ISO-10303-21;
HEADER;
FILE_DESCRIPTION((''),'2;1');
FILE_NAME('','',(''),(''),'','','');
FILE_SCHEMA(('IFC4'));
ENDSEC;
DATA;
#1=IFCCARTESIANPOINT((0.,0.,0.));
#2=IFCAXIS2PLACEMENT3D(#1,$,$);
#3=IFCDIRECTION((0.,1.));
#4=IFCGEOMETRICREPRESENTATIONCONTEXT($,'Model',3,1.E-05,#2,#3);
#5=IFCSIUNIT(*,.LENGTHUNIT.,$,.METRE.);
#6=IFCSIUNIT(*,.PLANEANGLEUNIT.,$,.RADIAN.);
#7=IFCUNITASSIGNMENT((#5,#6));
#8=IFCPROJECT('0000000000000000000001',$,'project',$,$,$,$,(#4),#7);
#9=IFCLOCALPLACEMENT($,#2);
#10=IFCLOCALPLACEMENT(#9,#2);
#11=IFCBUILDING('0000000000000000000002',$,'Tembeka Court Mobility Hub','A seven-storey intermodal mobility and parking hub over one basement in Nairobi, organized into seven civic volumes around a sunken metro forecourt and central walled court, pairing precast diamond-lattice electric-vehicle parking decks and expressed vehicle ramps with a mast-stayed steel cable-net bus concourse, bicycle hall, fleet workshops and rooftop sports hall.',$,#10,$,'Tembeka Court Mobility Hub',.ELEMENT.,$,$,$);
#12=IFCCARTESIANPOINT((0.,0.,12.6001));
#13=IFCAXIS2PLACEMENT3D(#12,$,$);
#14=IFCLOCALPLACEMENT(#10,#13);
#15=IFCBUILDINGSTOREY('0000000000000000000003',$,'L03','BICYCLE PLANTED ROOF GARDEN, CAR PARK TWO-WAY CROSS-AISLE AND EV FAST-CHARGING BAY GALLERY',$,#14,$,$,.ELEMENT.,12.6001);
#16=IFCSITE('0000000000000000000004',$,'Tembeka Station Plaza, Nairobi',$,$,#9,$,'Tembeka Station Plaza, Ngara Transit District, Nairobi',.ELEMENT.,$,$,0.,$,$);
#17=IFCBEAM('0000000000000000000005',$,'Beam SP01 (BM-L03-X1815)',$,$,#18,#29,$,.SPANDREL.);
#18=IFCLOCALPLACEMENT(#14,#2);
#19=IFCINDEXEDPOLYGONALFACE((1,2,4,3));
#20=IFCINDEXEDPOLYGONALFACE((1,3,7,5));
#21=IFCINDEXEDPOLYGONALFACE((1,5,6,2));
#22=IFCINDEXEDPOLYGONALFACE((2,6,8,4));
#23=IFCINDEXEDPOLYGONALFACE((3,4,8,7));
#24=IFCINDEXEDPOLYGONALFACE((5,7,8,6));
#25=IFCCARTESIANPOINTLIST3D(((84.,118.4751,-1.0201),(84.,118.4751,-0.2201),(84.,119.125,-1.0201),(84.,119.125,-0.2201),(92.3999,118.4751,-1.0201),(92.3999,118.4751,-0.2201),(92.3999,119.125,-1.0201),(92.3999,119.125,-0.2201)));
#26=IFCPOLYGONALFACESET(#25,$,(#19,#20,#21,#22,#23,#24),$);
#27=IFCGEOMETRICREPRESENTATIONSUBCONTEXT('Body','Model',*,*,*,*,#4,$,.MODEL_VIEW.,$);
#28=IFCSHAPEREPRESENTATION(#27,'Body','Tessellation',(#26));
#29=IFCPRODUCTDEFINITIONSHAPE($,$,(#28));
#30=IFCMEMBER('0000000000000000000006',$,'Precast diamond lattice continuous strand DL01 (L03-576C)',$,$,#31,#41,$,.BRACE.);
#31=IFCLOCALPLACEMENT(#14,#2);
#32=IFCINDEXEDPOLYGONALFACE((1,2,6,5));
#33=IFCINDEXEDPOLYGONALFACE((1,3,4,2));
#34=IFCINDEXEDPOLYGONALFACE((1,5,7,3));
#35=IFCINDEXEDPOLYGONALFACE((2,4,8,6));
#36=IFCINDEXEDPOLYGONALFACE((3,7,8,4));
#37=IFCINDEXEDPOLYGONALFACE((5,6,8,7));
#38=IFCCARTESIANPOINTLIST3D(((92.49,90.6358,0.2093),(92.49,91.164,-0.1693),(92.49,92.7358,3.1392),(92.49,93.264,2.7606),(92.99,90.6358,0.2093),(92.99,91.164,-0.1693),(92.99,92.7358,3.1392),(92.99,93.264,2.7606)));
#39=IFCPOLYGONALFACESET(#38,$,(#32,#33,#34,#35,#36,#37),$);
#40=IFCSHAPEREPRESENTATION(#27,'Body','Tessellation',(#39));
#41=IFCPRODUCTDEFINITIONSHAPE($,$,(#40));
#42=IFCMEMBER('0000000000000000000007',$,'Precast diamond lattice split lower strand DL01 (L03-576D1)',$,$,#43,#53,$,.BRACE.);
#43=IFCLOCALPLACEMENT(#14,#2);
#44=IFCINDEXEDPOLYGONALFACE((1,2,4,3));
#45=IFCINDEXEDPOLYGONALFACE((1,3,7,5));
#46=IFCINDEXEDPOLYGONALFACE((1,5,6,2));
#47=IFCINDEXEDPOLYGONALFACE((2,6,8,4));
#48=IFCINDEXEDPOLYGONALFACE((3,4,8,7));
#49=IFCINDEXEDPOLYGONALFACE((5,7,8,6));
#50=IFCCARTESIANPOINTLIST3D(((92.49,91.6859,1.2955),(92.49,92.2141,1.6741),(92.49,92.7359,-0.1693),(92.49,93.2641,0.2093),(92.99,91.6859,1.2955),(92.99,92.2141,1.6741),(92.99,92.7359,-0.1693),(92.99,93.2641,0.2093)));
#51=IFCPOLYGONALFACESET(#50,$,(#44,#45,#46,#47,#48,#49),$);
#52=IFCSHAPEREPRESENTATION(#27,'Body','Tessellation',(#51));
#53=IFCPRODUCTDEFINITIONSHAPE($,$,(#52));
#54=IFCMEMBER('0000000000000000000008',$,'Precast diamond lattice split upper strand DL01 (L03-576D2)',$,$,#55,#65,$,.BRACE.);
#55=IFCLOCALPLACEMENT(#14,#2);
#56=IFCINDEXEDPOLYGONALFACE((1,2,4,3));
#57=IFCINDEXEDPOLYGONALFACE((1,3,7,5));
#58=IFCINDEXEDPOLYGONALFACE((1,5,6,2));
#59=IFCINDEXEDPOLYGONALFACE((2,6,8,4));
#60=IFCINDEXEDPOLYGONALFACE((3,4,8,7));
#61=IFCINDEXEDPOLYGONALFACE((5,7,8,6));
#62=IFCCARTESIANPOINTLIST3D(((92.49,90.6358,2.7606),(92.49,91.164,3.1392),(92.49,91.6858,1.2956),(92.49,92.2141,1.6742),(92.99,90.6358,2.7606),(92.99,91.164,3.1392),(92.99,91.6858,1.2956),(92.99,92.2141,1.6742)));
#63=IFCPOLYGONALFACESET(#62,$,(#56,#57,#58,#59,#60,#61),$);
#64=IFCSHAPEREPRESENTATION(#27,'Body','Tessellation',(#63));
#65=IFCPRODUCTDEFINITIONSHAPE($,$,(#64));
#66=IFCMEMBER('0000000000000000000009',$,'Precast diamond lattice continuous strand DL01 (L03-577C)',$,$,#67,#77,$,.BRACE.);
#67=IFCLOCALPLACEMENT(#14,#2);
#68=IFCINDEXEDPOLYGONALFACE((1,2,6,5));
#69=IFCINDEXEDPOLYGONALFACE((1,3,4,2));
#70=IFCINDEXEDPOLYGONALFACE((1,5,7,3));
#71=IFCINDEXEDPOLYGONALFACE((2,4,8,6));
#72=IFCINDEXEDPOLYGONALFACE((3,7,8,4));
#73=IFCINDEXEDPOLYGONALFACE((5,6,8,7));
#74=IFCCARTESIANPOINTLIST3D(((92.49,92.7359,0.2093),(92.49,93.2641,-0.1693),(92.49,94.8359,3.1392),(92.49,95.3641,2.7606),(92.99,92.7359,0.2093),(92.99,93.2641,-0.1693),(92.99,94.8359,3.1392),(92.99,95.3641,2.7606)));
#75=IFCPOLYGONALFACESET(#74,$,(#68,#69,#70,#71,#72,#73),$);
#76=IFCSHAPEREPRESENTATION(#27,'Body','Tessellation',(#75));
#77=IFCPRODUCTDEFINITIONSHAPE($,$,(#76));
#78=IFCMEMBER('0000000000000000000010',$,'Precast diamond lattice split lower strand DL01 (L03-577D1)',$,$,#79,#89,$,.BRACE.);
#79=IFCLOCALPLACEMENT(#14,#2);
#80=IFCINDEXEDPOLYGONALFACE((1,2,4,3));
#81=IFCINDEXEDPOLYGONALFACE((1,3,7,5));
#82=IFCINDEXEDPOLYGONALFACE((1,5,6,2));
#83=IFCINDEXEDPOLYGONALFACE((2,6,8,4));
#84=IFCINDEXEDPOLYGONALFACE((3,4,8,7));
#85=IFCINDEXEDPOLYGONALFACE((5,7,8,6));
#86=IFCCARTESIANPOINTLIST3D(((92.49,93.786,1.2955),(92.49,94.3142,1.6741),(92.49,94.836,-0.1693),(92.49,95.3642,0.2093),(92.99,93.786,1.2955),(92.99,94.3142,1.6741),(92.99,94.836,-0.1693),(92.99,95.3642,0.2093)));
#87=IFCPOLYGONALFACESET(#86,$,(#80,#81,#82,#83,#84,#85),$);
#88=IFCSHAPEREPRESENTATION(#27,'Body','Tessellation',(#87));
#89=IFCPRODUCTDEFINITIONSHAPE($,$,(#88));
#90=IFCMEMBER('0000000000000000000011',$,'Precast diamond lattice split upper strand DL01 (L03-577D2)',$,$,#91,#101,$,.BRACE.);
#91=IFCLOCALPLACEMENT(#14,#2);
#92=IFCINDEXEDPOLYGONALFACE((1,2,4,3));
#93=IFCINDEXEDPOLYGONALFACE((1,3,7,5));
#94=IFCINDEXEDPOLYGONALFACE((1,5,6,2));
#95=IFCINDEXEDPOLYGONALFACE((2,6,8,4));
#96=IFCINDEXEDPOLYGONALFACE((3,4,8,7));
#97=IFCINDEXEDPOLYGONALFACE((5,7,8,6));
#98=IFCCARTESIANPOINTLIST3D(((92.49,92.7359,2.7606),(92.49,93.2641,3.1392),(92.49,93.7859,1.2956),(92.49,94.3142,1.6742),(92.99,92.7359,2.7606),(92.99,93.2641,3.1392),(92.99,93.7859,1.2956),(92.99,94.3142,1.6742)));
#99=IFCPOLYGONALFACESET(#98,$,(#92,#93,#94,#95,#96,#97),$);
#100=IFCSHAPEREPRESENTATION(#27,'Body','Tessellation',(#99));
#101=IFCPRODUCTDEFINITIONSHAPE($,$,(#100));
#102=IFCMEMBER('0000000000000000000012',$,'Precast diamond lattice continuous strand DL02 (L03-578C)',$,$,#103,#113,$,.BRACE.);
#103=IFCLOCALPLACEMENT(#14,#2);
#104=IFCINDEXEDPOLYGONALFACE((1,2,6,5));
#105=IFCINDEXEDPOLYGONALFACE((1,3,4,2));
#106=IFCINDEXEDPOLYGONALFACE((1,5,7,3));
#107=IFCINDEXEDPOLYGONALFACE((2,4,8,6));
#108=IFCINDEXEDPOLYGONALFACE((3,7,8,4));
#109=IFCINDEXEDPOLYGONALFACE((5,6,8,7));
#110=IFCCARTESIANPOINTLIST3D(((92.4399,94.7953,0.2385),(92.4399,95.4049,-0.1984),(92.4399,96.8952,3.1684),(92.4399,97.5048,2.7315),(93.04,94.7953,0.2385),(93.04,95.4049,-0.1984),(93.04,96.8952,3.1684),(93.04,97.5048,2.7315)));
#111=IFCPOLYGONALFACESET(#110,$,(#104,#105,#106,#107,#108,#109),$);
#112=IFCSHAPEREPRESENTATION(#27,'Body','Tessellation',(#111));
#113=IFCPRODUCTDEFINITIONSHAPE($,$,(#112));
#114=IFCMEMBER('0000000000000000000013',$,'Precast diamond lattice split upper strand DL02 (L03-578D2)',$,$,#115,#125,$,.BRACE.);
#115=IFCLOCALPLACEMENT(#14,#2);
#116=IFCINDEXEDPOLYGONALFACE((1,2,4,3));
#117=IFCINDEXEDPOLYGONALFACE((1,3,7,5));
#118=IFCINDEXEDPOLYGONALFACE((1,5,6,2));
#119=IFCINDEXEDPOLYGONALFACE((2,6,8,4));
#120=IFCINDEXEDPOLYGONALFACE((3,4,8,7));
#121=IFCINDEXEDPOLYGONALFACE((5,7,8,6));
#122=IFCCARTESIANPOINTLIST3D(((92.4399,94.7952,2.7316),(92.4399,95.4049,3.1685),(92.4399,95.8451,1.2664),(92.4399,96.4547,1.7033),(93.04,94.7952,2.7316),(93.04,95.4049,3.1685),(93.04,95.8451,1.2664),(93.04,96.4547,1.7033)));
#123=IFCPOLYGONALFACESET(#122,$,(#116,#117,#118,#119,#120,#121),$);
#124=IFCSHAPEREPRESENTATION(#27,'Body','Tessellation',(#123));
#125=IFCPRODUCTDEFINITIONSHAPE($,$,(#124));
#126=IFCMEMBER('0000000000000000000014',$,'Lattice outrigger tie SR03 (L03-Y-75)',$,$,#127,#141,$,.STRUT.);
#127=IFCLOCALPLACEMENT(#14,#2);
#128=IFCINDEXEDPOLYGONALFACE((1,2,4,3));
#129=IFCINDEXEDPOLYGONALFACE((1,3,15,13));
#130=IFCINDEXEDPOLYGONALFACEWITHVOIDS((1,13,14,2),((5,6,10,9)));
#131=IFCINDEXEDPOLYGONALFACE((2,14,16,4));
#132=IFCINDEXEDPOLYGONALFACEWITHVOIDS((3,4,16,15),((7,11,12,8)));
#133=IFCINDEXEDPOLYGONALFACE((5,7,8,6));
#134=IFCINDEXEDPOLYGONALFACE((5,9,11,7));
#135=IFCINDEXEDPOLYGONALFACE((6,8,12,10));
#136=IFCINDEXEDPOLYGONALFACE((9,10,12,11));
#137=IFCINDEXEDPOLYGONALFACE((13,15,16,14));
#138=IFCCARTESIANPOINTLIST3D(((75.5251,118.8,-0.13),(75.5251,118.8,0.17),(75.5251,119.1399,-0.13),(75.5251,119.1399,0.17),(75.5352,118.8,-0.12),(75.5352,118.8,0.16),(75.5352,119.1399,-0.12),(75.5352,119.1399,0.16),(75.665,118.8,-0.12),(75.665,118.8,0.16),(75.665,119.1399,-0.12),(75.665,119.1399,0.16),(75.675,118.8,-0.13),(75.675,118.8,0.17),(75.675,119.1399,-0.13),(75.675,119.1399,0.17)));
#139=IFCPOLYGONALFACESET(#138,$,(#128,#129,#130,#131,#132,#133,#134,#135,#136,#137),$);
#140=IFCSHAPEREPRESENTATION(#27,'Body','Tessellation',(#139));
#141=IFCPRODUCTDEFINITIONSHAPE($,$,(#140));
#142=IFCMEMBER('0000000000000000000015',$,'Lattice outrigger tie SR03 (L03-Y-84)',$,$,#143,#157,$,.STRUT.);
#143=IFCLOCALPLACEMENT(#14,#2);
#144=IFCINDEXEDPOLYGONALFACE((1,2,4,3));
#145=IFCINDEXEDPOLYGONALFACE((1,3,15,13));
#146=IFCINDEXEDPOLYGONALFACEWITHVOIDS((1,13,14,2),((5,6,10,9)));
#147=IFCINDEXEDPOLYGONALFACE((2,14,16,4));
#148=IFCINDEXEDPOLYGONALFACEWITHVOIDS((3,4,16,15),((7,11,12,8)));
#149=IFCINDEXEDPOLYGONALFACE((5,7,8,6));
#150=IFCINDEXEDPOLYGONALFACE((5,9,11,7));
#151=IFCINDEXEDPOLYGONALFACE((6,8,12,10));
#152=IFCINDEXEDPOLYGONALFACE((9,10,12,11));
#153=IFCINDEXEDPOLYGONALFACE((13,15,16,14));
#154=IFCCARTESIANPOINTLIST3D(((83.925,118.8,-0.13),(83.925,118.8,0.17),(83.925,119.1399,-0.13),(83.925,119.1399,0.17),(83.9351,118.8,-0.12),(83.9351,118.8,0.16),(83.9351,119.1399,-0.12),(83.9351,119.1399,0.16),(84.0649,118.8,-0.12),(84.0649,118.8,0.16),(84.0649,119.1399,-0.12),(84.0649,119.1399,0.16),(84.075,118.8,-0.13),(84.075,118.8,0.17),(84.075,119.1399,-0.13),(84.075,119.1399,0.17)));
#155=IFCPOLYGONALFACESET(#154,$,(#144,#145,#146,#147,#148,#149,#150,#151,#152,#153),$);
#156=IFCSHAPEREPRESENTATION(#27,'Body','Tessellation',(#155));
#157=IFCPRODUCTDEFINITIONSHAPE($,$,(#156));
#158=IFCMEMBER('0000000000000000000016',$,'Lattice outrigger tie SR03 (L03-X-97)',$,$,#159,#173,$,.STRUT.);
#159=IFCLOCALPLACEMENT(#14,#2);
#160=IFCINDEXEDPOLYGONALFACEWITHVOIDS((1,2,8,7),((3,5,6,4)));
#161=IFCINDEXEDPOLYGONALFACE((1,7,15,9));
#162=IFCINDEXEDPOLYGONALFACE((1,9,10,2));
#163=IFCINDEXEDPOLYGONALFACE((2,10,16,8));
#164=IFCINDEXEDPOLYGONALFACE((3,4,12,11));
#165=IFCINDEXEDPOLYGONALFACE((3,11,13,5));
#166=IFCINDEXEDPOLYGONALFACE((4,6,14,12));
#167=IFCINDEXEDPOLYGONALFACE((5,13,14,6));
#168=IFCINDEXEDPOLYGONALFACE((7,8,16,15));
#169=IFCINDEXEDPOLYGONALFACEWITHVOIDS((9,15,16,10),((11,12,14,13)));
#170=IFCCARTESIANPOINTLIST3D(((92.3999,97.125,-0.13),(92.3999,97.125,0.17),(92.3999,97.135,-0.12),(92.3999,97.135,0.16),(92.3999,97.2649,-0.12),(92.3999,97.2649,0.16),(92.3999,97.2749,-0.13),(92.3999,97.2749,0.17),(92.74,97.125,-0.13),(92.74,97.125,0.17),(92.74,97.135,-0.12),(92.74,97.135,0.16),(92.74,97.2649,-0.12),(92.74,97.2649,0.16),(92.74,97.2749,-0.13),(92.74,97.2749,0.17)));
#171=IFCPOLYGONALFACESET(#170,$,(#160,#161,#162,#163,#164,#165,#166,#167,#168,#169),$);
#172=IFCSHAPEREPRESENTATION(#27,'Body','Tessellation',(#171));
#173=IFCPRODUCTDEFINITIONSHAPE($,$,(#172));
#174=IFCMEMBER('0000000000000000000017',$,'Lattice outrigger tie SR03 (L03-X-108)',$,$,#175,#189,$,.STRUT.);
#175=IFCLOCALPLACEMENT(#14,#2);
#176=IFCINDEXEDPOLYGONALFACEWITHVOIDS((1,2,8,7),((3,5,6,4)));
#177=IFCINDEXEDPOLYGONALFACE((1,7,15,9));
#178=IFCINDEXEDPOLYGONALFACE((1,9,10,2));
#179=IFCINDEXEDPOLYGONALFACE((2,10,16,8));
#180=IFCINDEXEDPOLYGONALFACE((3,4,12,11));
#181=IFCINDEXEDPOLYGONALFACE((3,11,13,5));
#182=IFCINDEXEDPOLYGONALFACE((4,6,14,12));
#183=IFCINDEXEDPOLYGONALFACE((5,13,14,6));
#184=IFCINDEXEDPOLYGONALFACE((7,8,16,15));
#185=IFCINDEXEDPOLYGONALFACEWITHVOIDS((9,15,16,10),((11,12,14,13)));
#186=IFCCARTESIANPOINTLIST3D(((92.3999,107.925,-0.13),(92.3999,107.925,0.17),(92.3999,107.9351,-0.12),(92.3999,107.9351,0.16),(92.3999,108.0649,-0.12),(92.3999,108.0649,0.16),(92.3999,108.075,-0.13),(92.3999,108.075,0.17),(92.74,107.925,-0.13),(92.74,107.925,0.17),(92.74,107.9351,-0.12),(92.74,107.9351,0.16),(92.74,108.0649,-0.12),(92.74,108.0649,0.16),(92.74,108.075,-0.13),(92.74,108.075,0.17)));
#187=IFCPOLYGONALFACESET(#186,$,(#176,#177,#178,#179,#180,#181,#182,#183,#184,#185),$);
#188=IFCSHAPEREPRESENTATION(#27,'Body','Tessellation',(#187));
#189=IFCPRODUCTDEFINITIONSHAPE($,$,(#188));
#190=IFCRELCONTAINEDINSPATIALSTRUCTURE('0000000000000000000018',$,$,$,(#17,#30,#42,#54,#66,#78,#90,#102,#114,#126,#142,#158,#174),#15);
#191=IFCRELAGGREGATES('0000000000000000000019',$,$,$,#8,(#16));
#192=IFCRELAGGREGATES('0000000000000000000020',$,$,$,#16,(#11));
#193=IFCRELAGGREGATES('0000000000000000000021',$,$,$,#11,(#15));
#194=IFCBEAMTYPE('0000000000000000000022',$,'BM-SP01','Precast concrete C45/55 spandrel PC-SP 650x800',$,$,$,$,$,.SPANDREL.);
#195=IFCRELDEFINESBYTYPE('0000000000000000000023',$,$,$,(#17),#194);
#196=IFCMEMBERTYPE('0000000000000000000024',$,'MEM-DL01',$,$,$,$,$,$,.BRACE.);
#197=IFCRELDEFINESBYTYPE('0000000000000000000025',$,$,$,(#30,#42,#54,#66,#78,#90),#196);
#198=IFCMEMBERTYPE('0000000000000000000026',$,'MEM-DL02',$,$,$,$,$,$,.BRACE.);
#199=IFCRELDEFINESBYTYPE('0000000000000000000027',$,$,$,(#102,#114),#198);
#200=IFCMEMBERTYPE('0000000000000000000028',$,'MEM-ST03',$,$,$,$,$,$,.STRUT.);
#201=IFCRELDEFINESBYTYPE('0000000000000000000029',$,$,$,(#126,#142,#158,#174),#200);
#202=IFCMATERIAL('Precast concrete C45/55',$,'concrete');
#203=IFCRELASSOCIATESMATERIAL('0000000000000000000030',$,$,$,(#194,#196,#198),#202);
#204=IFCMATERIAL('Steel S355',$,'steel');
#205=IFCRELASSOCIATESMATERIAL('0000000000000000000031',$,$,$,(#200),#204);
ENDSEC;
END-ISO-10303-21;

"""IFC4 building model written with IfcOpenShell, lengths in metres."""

from ifc_helpers import new_model, si_unit, direction, frame, origin, origin_2d, place, context, subcontext, project, spatial, rectangle, hollow_rectangle, extrude, material, material_profile, profile_set, type_object, element, save


model = new_model("IFC4")

# Units and contexts
model_context = context("Model", 3, precision=1e-05, world=origin(), true_north=direction((0.0, 1.0)))
body_context = subcontext(model_context, "Body", "Model", "MODEL_VIEW")
ifc_project = project(units=[si_unit("LENGTHUNIT", "METRE"), si_unit("PLANEANGLEUNIT", "RADIAN")], contexts=[model_context])

# Site, building, storey
site_placement = place(None, origin())
site = spatial("IfcSite", under=ifc_project, at=site_placement, Name="Tembeka Station Plaza, Nairobi", LongName="Tembeka Station Plaza, Ngara Transit District, Nairobi", CompositionType="ELEMENT", RefElevation=0.0)
building_placement = place(site_placement, origin())
building = spatial("IfcBuilding", under=site, at=building_placement, Name="Tembeka Court Mobility Hub", Description="A seven-storey intermodal mobility and parking hub over one basement in Nairobi, organized into seven civic volumes around a sunken metro forecourt and central walled court, pairing precast diamond-lattice electric-vehicle parking decks and expressed vehicle ramps with a mast-stayed steel cable-net bus concourse, bicycle hall, fleet workshops and rooftop sports hall.", LongName="Tembeka Court Mobility Hub", CompositionType="ELEMENT")
storey_placement = place(building_placement, frame((0.0, 0.0, 12.6001)))
storey = spatial("IfcBuildingStorey", under=building, at=storey_placement, Name="L03", Description="BICYCLE PLANTED ROOF GARDEN, CAR PARK TWO-WAY CROSS-AISLE AND EV FAST-CHARGING BAY GALLERY", CompositionType="ELEMENT", Elevation=12.6001)

# Shared definitions
ifc_material_1 = material(Name="Steel S355", Category="steel")

# Beam
ifc_material_2 = material(Name="Precast concrete C45/55", Category="concrete")
ifc_material_profile_1 = material_profile(ifc_material_2, rectangle(XDim=0.6499, YDim=0.8, at=origin_2d()), Name="PC-SP 650x800")
ifc_profile_set_1 = profile_set([ifc_material_profile_1], Name="Precast concrete C45/55")
beam_type_1 = type_object("IfcBeamType", Name="BM-SP01", Description="Precast concrete C45/55 spandrel PC-SP 650x800", PredefinedType="SPANDREL", material=ifc_profile_set_1)
for number, where, z_axis, x_axis, name in (
    (1, (84.0, 118.8, -0.6201), (1.0, 0.0, 0.0), (0.0, 1.0, 0.0), "Beam SP01 (BM-L03-X1815)"),
):
    element("IfcBeam", number, at=place(storey_placement, frame(where, z_axis=z_axis, x_axis=x_axis)), inside=storey, type_object=beam_type_1, Name=name, PredefinedType="SPANDREL", context=body_context, shape_type="SweptSolid", body=[
        extrude(rectangle(XDim=0.6499, YDim=0.8, at=origin_2d()), origin(), (0.0, 0.0, 1.0), 8.3999),
    ])

# Members
ifc_material_profile_2 = material_profile(ifc_material_2, rectangle(XDim=0.5, YDim=0.6499, at=origin_2d()), Name="PC-DIAG 500x650")
ifc_profile_set_2 = profile_set([ifc_material_profile_2], Name="Precast concrete C45/55")
member_type_1 = type_object("IfcMemberType", Name="MEM-DL01", PredefinedType="BRACE", material=ifc_profile_set_2)
member_1_placement = place(storey_placement, frame((92.74, 90.8999, 0.02), z_axis=(0.0, 0.582576, 0.812776), x_axis=(-1.0, 0.0, 0.0)))
element("IfcMember", 2, at=member_1_placement, inside=storey, type_object=member_type_1, Name="Precast diamond lattice continuous strand DL01 (L03-576C)", PredefinedType="BRACE", context=body_context, shape_type="SweptSolid", body=[
    extrude(rectangle(XDim=0.5, YDim=0.6499, at=origin_2d()), origin(), (0.0, 0.0, 1.0), 3.6047),
])
member_2_placement = place(storey_placement, frame((92.74, 93.0, 0.02), z_axis=(0.0, -0.582608, 0.812753), x_axis=(1.0, 0.0, 0.0)))
element("IfcMember", 3, at=member_2_placement, inside=storey, type_object=member_type_1, Name="Precast diamond lattice split lower strand DL01 (L03-576D1)", PredefinedType="BRACE", context=body_context, shape_type="SweptSolid", body=[
    extrude(rectangle(XDim=0.5, YDim=0.6499, at=origin_2d()), origin(), (0.0, 0.0, 1.0), 1.8022),
])
member_3_placement = place(storey_placement, frame((92.74, 91.95, 1.4849), z_axis=(0.0, -0.582544, 0.812799), x_axis=(1.0, 0.0, 0.0)))
element("IfcMember", 4, at=member_3_placement, inside=storey, type_object=member_type_1, Name="Precast diamond lattice split upper strand DL01 (L03-576D2)", PredefinedType="BRACE", context=body_context, shape_type="SweptSolid", body=[
    extrude(rectangle(XDim=0.5, YDim=0.6499, at=origin_2d()), origin(), (0.0, 0.0, 1.0), 1.8025),
])
member_4_placement = place(storey_placement, frame((92.74, 93.0, 0.02), z_axis=(0.0, 0.582576, 0.812776), x_axis=(-1.0, 0.0, 0.0)))
element("IfcMember", 5, at=member_4_placement, inside=storey, type_object=member_type_1, Name="Precast diamond lattice continuous strand DL01 (L03-577C)", PredefinedType="BRACE", context=body_context, shape_type="SweptSolid", body=[
    extrude(rectangle(XDim=0.5, YDim=0.6499, at=origin_2d()), origin(), (0.0, 0.0, 1.0), 3.6047),
])
member_5_placement = place(storey_placement, frame((92.74, 95.1001, 0.02), z_axis=(0.0, -0.582608, 0.812753), x_axis=(1.0, 0.0, 0.0)))
element("IfcMember", 6, at=member_5_placement, inside=storey, type_object=member_type_1, Name="Precast diamond lattice split lower strand DL01 (L03-577D1)", PredefinedType="BRACE", context=body_context, shape_type="SweptSolid", body=[
    extrude(rectangle(XDim=0.5, YDim=0.6499, at=origin_2d()), origin(), (0.0, 0.0, 1.0), 1.8022),
])
member_6_placement = place(storey_placement, frame((92.74, 94.05, 1.4849), z_axis=(0.0, -0.582544, 0.812799), x_axis=(1.0, 0.0, 0.0)))
element("IfcMember", 7, at=member_6_placement, inside=storey, type_object=member_type_1, Name="Precast diamond lattice split upper strand DL01 (L03-577D2)", PredefinedType="BRACE", context=body_context, shape_type="SweptSolid", body=[
    extrude(rectangle(XDim=0.5, YDim=0.6499, at=origin_2d()), origin(), (0.0, 0.0, 1.0), 1.8025),
])
ifc_material_profile_3 = material_profile(ifc_material_2, rectangle(XDim=0.6001, YDim=0.75, at=origin_2d()), Name="PC-DIAG 600x750")
ifc_profile_set_3 = profile_set([ifc_material_profile_3], Name="Precast concrete C45/55")
member_type_2 = type_object("IfcMemberType", Name="MEM-DL02", PredefinedType="BRACE", material=ifc_profile_set_3)
member_7_placement = place(storey_placement, frame((92.74, 95.1001, 0.02), z_axis=(0.0, 0.582532, 0.812808), x_axis=(-1.0, 0.0, 0.0)))
element("IfcMember", 8, at=member_7_placement, inside=storey, type_object=member_type_2, Name="Precast diamond lattice continuous strand DL02 (L03-578C)", PredefinedType="BRACE", context=body_context, shape_type="SweptSolid", body=[
    extrude(rectangle(XDim=0.6001, YDim=0.75, at=origin_2d()), origin(), (0.0, 0.0, 1.0), 3.6047),
])
member_8_placement = place(storey_placement, frame((92.74, 96.1499, 1.4849), z_axis=(0.0, -0.582455, 0.812863), x_axis=(1.0, 0.0, 0.0)))
element("IfcMember", 9, at=member_8_placement, inside=storey, type_object=member_type_2, Name="Precast diamond lattice split upper strand DL02 (L03-578D2)", PredefinedType="BRACE", context=body_context, shape_type="SweptSolid", body=[
    extrude(rectangle(XDim=0.6001, YDim=0.75, at=origin_2d()), origin(), (0.0, 0.0, 1.0), 1.8025),
])
ifc_material_profile_4 = material_profile(ifc_material_1, hollow_rectangle(XDim=0.1499, YDim=0.3, WallThickness=0.01, at=origin_2d()), Name="RHS 300x150x10")
ifc_profile_set_4 = profile_set([ifc_material_profile_4], Name="Steel S355")
member_type_3 = type_object("IfcMemberType", Name="MEM-ST03", PredefinedType="STRUT", material=ifc_profile_set_4)
for number, where, z_axis, x_axis, name in (
    (10, (75.6001, 118.8, 0.02), (0.0, 1.0, 0.0), (-1.0, 0.0, 0.0), "Lattice outrigger tie SR03 (L03-Y-75)"),
    (11, (84.0, 118.8, 0.02), (0.0, 1.0, 0.0), (-1.0, 0.0, 0.0), "Lattice outrigger tie SR03 (L03-Y-84)"),
):
    element("IfcMember", number, at=place(storey_placement, frame(where, z_axis=z_axis, x_axis=x_axis)), inside=storey, type_object=member_type_3, Name=name, PredefinedType="STRUT", context=body_context, shape_type="SweptSolid", body=[
        extrude(hollow_rectangle(XDim=0.1499, YDim=0.3, WallThickness=0.01, at=origin_2d()), origin(), (0.0, 0.0, 1.0), 0.3398),
    ])
for number, where, z_axis, x_axis, name in (
    (12, (92.3999, 97.2, 0.02), (1.0, 0.0, 0.0), (0.0, 1.0, 0.0), "Lattice outrigger tie SR03 (L03-X-97)"),
    (13, (92.3999, 108.0, 0.02), (1.0, 0.0, 0.0), (0.0, 1.0, 0.0), "Lattice outrigger tie SR03 (L03-X-108)"),
):
    element("IfcMember", number, at=place(storey_placement, frame(where, z_axis=z_axis, x_axis=x_axis)), inside=storey, type_object=member_type_3, Name=name, PredefinedType="STRUT", context=body_context, shape_type="SweptSolid", body=[
        extrude(hollow_rectangle(XDim=0.1499, YDim=0.3, WallThickness=0.01, at=origin_2d()), origin(), (0.0, 0.0, 1.0), 0.3401),
    ])

save(model, "model.ifc")
